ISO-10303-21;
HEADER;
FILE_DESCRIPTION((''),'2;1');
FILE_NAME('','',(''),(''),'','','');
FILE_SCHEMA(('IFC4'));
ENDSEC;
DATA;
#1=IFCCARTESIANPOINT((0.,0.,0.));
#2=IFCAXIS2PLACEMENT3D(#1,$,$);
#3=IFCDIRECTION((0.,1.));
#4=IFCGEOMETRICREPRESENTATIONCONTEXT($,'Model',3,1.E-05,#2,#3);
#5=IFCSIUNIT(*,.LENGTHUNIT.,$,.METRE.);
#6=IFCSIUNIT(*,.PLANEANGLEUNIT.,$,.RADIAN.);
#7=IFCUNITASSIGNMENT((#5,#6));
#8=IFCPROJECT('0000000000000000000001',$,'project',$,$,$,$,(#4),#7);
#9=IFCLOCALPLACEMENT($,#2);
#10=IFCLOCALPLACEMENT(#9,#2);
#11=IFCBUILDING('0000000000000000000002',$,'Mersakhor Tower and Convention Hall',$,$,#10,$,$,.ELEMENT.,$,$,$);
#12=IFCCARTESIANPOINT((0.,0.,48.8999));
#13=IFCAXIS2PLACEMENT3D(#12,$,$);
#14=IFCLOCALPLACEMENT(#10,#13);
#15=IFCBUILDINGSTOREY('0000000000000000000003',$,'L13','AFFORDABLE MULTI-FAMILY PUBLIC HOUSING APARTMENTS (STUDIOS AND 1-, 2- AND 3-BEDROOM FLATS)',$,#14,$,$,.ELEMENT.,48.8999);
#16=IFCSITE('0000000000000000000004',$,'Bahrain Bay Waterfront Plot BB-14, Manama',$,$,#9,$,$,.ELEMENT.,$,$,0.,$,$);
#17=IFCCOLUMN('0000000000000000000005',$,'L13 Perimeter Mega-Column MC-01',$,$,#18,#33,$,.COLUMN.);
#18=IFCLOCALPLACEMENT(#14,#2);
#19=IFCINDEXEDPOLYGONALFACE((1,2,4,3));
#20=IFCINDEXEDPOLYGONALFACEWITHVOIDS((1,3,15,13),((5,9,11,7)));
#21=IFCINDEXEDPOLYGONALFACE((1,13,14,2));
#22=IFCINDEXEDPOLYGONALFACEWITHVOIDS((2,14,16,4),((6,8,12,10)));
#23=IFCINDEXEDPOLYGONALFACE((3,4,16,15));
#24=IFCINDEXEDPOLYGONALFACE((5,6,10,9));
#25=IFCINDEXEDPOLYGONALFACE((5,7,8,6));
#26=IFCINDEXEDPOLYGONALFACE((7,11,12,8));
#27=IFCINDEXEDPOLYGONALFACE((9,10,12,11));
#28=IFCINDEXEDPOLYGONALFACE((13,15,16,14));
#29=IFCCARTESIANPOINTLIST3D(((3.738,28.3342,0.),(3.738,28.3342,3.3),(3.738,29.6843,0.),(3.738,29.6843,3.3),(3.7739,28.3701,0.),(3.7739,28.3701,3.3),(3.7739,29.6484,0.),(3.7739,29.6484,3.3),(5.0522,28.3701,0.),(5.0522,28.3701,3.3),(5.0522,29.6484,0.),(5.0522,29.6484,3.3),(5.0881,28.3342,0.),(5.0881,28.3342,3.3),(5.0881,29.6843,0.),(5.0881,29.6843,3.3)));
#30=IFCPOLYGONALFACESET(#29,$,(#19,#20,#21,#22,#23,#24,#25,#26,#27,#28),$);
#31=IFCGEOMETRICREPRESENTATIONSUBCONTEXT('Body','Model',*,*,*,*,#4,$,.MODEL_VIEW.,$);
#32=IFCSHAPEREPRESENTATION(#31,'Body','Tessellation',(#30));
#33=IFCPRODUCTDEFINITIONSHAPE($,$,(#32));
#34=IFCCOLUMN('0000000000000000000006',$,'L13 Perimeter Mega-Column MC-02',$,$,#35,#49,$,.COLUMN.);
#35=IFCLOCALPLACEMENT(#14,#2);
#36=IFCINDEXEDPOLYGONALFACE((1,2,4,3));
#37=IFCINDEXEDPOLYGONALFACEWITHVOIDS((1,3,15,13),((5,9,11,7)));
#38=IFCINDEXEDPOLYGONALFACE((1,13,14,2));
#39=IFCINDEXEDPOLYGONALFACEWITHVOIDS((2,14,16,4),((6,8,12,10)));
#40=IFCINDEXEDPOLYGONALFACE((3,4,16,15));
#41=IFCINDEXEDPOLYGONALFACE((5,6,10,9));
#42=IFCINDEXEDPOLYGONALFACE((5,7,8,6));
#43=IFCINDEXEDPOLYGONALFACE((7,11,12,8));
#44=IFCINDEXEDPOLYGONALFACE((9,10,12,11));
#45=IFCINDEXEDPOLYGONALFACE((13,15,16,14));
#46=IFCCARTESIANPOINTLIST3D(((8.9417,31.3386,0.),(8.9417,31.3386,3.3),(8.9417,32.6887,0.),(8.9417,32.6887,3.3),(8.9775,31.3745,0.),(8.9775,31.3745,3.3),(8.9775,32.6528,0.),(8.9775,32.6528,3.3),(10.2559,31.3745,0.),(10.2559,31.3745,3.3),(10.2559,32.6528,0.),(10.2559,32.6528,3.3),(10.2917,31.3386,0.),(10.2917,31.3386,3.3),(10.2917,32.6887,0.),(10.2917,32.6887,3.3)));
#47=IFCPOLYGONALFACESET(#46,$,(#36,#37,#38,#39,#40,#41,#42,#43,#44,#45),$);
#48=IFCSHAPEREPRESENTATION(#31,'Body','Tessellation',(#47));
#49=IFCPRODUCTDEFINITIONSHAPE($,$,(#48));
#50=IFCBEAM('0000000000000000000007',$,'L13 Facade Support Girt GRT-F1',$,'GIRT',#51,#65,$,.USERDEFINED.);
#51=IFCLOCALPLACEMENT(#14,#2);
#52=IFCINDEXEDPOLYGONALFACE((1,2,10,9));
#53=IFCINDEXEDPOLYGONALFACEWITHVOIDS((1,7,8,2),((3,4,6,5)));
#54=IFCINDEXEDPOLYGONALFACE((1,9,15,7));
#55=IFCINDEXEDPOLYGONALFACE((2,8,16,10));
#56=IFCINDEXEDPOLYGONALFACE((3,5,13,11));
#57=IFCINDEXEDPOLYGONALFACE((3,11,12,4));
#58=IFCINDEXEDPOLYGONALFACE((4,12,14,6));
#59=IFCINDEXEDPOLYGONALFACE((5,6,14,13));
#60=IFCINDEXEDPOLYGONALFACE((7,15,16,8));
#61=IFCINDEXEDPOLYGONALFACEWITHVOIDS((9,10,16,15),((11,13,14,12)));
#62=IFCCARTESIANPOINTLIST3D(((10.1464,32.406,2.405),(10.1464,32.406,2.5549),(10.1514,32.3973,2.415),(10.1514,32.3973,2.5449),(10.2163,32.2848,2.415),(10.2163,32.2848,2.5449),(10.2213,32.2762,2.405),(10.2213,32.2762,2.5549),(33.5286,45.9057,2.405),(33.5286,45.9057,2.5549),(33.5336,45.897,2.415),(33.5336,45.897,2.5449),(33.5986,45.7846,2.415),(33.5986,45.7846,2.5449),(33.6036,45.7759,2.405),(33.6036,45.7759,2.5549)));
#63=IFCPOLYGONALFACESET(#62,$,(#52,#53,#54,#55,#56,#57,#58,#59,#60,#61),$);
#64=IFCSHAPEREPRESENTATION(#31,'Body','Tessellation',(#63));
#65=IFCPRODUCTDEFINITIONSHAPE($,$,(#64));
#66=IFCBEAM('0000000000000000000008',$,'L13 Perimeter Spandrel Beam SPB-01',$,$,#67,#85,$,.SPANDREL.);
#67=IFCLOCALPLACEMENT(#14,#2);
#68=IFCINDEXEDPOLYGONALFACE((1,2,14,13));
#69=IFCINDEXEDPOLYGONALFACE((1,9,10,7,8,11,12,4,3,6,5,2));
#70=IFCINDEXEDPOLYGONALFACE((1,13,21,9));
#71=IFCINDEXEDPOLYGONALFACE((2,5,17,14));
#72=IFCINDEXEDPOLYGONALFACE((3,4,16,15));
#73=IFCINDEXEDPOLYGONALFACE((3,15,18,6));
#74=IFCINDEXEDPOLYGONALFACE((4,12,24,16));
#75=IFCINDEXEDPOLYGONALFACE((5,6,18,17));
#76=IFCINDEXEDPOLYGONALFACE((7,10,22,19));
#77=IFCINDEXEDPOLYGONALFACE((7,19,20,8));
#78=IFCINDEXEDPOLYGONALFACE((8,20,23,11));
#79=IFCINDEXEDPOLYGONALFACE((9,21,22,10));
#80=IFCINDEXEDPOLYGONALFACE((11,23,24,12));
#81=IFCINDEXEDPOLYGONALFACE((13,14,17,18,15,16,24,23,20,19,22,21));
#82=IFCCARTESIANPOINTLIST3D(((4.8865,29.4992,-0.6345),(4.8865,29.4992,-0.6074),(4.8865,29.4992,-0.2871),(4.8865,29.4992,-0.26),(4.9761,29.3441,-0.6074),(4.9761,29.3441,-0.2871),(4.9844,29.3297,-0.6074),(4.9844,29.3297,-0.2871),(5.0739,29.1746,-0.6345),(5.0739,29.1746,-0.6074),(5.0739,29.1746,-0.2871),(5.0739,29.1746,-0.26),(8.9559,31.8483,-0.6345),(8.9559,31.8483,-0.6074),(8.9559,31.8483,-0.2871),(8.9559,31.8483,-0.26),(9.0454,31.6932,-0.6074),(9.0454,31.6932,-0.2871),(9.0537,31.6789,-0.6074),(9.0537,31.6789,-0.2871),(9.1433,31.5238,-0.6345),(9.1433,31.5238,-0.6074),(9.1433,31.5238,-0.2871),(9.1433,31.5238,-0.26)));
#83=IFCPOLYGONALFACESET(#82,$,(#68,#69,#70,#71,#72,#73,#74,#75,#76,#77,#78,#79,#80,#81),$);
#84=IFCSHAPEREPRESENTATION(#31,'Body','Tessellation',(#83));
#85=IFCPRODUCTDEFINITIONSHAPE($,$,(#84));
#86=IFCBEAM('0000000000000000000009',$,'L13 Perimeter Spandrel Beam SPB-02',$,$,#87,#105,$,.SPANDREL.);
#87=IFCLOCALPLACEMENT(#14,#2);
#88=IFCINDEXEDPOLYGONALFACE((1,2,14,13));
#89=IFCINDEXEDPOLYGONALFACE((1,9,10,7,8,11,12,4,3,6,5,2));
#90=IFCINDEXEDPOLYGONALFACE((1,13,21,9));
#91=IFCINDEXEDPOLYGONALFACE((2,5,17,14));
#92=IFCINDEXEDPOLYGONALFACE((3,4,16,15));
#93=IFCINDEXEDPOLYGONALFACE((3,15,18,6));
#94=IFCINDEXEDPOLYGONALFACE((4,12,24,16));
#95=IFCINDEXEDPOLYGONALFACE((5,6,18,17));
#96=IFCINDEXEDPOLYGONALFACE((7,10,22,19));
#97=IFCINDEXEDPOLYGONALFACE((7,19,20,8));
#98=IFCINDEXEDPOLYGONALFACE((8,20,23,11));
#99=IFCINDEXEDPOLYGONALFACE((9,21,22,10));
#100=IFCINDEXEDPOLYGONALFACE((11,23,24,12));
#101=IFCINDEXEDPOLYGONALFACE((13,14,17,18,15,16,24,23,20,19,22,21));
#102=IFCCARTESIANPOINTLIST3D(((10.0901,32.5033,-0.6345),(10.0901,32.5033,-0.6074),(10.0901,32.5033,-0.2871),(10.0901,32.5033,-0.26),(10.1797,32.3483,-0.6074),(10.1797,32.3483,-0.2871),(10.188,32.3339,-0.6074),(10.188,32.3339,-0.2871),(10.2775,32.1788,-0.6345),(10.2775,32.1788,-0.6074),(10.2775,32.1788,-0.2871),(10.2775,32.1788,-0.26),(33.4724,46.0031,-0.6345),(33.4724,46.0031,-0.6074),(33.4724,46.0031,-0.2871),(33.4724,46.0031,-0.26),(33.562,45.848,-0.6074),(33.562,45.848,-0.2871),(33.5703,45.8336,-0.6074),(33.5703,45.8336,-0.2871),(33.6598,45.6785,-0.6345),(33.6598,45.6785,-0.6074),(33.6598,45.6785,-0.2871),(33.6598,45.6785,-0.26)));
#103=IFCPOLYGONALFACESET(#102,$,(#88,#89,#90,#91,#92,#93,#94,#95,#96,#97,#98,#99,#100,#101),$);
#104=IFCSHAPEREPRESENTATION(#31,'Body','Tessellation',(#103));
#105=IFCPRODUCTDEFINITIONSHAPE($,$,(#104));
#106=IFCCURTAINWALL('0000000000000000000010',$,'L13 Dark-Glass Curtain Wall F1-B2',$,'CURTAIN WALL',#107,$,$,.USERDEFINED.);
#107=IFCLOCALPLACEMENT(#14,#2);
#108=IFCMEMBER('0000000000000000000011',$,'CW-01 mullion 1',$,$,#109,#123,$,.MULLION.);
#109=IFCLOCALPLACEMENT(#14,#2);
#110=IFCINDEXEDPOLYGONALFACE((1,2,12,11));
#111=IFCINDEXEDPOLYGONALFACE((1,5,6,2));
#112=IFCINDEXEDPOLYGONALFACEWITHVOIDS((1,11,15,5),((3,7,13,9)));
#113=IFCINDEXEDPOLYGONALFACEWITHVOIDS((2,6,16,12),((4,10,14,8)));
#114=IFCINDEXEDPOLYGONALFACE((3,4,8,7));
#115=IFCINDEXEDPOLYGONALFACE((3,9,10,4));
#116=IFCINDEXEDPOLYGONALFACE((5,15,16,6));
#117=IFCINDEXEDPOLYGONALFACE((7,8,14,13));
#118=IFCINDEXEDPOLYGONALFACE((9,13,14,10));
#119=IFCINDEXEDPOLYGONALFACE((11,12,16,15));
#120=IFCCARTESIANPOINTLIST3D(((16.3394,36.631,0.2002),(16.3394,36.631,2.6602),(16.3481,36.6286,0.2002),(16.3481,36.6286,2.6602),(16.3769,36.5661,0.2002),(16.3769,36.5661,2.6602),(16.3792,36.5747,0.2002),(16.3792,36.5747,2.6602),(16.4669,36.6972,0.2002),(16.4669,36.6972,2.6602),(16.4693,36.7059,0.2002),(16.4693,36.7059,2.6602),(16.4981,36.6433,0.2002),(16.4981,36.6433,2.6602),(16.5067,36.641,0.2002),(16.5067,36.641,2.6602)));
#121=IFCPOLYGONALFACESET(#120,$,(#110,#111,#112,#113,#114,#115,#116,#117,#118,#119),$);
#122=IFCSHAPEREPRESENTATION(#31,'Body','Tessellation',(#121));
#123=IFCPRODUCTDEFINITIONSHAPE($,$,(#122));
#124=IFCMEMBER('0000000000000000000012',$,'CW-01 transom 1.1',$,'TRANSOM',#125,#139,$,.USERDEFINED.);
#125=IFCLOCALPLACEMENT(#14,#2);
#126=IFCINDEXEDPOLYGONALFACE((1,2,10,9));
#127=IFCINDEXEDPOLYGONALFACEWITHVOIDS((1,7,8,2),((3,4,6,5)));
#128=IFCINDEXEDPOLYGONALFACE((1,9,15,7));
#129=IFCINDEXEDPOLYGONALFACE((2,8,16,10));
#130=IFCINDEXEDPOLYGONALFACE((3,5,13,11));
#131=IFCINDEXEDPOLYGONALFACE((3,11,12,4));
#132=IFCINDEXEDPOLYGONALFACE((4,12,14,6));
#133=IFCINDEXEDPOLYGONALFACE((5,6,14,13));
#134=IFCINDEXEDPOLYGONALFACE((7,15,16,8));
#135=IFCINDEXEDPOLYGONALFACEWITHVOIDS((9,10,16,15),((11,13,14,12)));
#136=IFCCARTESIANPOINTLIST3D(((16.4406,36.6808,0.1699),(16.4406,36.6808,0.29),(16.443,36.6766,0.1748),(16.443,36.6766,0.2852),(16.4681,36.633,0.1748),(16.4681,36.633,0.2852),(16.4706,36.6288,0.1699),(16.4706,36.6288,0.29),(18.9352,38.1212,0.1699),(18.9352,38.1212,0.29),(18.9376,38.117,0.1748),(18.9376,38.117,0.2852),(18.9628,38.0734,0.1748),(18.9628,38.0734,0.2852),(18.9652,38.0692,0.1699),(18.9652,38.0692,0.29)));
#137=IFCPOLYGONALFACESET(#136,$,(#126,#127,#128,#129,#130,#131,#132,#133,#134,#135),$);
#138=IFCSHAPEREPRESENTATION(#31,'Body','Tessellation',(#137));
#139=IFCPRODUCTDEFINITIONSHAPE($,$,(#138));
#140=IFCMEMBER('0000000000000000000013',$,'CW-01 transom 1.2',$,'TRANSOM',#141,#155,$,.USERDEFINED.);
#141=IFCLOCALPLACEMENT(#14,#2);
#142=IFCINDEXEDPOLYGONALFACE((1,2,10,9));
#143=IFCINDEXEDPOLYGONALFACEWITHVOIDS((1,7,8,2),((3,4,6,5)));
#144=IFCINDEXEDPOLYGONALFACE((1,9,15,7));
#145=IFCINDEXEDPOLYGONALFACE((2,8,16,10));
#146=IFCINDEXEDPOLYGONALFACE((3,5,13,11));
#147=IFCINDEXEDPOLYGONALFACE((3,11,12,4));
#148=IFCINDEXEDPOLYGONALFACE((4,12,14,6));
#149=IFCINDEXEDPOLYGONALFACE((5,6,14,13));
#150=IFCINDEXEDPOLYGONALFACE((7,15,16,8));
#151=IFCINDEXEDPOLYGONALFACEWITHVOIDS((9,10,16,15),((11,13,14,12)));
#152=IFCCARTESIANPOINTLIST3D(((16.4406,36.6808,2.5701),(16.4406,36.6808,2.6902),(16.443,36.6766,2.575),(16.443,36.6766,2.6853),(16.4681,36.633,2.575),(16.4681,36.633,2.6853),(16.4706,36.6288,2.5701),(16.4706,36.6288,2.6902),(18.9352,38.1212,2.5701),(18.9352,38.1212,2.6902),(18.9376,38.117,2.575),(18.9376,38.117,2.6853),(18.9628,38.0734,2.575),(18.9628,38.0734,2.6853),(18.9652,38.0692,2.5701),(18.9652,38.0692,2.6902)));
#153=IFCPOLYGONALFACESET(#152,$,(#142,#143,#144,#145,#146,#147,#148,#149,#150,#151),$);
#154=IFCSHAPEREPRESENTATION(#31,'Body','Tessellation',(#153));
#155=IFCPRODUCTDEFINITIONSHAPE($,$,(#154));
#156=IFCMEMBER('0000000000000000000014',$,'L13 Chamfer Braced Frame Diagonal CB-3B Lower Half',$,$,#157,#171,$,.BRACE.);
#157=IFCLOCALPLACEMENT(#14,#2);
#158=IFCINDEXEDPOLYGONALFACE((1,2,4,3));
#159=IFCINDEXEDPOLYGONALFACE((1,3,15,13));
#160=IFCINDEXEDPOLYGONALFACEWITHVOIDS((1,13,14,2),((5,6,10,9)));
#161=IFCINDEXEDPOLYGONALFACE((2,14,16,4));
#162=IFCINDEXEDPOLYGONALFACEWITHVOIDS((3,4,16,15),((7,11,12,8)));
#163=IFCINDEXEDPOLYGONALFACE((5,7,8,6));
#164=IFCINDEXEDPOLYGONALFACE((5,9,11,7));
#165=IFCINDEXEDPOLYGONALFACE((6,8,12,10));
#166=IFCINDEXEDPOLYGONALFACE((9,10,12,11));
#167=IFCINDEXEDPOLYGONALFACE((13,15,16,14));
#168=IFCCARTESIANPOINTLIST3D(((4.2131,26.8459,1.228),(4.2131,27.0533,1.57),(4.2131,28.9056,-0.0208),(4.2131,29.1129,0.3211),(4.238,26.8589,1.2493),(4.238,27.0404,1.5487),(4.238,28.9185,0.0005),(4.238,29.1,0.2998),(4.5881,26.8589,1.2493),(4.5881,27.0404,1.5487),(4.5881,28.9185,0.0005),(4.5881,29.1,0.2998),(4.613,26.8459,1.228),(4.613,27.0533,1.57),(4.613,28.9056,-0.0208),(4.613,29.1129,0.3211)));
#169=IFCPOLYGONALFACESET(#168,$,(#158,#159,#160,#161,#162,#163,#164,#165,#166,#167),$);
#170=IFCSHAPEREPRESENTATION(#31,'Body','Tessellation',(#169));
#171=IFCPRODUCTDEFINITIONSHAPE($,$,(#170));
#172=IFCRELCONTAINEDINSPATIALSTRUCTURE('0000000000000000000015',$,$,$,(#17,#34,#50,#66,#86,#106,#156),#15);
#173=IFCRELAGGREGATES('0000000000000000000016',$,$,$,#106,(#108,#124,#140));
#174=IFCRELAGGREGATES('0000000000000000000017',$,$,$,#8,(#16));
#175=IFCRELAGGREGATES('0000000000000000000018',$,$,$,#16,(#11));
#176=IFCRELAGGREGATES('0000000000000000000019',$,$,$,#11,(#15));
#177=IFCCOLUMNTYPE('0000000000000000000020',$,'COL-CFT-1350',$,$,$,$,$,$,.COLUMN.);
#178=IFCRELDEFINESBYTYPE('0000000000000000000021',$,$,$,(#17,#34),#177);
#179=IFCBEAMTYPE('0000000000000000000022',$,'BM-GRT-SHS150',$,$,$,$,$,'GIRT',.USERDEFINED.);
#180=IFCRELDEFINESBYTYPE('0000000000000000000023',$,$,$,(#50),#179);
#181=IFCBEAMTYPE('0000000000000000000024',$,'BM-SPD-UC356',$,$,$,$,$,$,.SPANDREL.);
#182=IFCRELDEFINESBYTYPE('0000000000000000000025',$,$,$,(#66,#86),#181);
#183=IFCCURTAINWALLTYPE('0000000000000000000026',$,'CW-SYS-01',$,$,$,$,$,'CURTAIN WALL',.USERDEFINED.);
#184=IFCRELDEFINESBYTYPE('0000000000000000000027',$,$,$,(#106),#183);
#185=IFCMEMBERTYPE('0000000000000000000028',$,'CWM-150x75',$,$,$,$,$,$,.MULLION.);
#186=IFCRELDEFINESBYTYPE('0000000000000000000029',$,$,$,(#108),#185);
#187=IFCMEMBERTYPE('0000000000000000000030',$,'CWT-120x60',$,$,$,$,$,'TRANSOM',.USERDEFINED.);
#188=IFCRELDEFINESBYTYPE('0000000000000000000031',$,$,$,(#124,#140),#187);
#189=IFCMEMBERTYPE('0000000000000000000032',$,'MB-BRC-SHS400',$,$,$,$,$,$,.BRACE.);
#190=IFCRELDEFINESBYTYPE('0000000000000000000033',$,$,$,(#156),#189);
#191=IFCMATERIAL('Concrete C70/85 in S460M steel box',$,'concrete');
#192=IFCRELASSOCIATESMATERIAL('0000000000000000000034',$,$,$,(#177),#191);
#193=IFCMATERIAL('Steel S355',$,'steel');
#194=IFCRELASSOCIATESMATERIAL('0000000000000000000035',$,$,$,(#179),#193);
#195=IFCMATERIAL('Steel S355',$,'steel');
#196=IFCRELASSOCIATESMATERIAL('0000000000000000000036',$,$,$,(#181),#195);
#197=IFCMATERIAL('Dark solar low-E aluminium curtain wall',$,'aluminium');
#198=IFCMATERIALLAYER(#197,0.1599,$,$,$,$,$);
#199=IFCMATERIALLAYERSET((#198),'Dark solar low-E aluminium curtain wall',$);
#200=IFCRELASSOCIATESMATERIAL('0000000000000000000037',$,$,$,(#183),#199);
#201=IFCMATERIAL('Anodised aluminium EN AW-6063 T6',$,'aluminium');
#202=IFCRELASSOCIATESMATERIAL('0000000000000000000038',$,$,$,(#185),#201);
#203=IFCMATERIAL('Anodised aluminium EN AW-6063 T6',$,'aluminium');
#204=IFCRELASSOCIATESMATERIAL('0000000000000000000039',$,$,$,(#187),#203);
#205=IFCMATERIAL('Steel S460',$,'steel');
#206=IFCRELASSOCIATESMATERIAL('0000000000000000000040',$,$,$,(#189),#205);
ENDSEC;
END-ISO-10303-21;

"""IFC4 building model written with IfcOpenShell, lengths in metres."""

from ifc_helpers import new_model, si_unit, direction, frame, origin, origin_2d, place, context, subcontext, project, spatial, hollow_rectangle, i_section, extrude, material, layer, layer_set, material_profile, profile_set, type_object, element, aggregate, save


model = new_model("IFC4")

# Units and contexts
model_context = context("Model", 3, precision=1e-05, world=origin(), true_north=direction((0.0, 1.0)))
body_context = subcontext(model_context, "Body", "Model", "MODEL_VIEW")
ifc_project = project(units=[si_unit("LENGTHUNIT", "METRE"), si_unit("PLANEANGLEUNIT", "RADIAN")], contexts=[model_context])

# Site, building, storey
site_placement = place(None, origin())
site = spatial("IfcSite", under=ifc_project, at=site_placement, Name="Bahrain Bay Waterfront Plot BB-14, Manama", CompositionType="ELEMENT", RefElevation=0.0)
building_placement = place(site_placement, origin())
building = spatial("IfcBuilding", under=site, at=building_placement, Name="Mersakhor Tower and Convention Hall", CompositionType="ELEMENT")
storey_placement = place(building_placement, frame((0.0, 0.0, 48.8999)))
storey = spatial("IfcBuildingStorey", under=building, at=storey_placement, Name="L13", Description="AFFORDABLE MULTI-FAMILY PUBLIC HOUSING APARTMENTS (STUDIOS AND 1-, 2- AND 3-BEDROOM FLATS)", CompositionType="ELEMENT", Elevation=48.8999)

# Columns
ifc_material_1 = material(Name="Concrete C70/85 in S460M steel box", Category="concrete")
ifc_material_profile_1 = material_profile(ifc_material_1, hollow_rectangle(XDim=1.3501, YDim=1.3501, WallThickness=0.0359, at=origin_2d()), Name="SHS 1350x1350x36")
ifc_profile_set_1 = profile_set([ifc_material_profile_1], Name="Concrete C70/85 in S460M steel box")
column_type = type_object("IfcColumnType", Name="COL-CFT-1350", PredefinedType="COLUMN", material=ifc_profile_set_1)
for number, where, z_axis, x_axis, name in (
    (1, (4.4131, 29.0093, 0.0), (0.0, 0.0, 1.0), (1.0, 0.0, 0.0), "L13 Perimeter Mega-Column MC-01"),
    (2, (9.6167, 32.0137, 0.0), (0.0, 0.0, 1.0), (1.0, 0.0, 0.0), "L13 Perimeter Mega-Column MC-02"),
):
    element("IfcColumn", number, at=place(storey_placement, frame(where, z_axis=z_axis, x_axis=x_axis)), inside=storey, type_object=column_type, Name=name, PredefinedType="COLUMN", context=body_context, shape_type="SweptSolid", body=[
        extrude(hollow_rectangle(XDim=1.3501, YDim=1.3501, WallThickness=0.0359, at=origin_2d()), origin(), (0.0, 0.0, 1.0), 3.3),
    ])

# Beams
ifc_material_2 = material(Name="Steel S355", Category="steel")
ifc_material_profile_2 = material_profile(ifc_material_2, hollow_rectangle(XDim=0.1499, YDim=0.1499, WallThickness=0.01, at=origin_2d()), Name="SHS 150x150x10")
ifc_profile_set_2 = profile_set([ifc_material_profile_2], Name="Steel S355")
beam_type_1 = type_object("IfcBeamType", Name="BM-GRT-SHS150", ElementType="GIRT", PredefinedType="USERDEFINED", material=ifc_profile_set_2)
beam_1_placement = place(storey_placement, frame((10.1838, 32.3411, 2.48), z_axis=(0.866026, 0.499999, 0.0), x_axis=(-0.499999, 0.866026, 0.0)))
element("IfcBeam", 3, at=beam_1_placement, inside=storey, type_object=beam_type_1, Name="L13 Facade Support Girt GRT-F1", ObjectType="GIRT", PredefinedType="USERDEFINED", context=body_context, shape_type="SweptSolid", body=[
    extrude(hollow_rectangle(XDim=0.1499, YDim=0.1499, WallThickness=0.01, at=origin_2d()), origin(), (0.0, 0.0, 1.0), 26.9995),
])
ifc_material_3 = material(Name="Steel S355", Category="steel")
ifc_material_profile_3 = material_profile(ifc_material_3, i_section(OverallWidth=0.3748, OverallDepth=0.3745, WebThickness=0.0166, FlangeThickness=0.0271, at=origin_2d()), Name="UC 356x368x202")
ifc_profile_set_3 = profile_set([ifc_material_profile_3], Name="Steel S355")
beam_type_2 = type_object("IfcBeamType", Name="BM-SPD-UC356", PredefinedType="SPANDREL", material=ifc_profile_set_3)
beam_2_placement = place(storey_placement, frame((4.9802, 29.3369, -0.4473), z_axis=(0.866054, 0.49995, 0.0), x_axis=(-0.49995, 0.866054, 0.0)))
element("IfcBeam", 4, at=beam_2_placement, inside=storey, type_object=beam_type_2, Name="L13 Perimeter Spandrel Beam SPB-01", PredefinedType="SPANDREL", context=body_context, shape_type="SweptSolid", body=[
    extrude(i_section(OverallWidth=0.3748, OverallDepth=0.3745, WebThickness=0.0166, FlangeThickness=0.0271, at=origin_2d()), origin(), (0.0, 0.0, 1.0), 4.6987),
])
beam_3_placement = place(storey_placement, frame((10.1838, 32.3411, -0.4473), z_axis=(0.866026, 0.499999, 0.0), x_axis=(-0.499999, 0.866026, 0.0)))
element("IfcBeam", 5, at=beam_3_placement, inside=storey, type_object=beam_type_2, Name="L13 Perimeter Spandrel Beam SPB-02", PredefinedType="SPANDREL", context=body_context, shape_type="SweptSolid", body=[
    extrude(i_section(OverallWidth=0.3748, OverallDepth=0.3745, WebThickness=0.0166, FlangeThickness=0.0271, at=origin_2d()), origin(), (0.0, 0.0, 1.0), 26.9995),
])

# Curtain wall, members
ifc_material_4 = material(Name="Dark solar low-E aluminium curtain wall", Category="aluminium")
ifc_layer_1 = layer(ifc_material_4, 0.1599)
ifc_layer_set_1 = layer_set([ifc_layer_1], Name="Dark solar low-E aluminium curtain wall")
curtain_wall_type = type_object("IfcCurtainWallType", Name="CW-SYS-01", ElementType="CURTAIN WALL", PredefinedType="USERDEFINED", material=ifc_layer_set_1)
curtain_wall_placement = place(storey_placement, origin())
curtain_wall = element("IfcCurtainWall", 6, at=curtain_wall_placement, inside=storey, type_object=curtain_wall_type, Name="L13 Dark-Glass Curtain Wall F1-B2", ObjectType="CURTAIN WALL", PredefinedType="USERDEFINED")
ifc_material_5 = material(Name="Anodised aluminium EN AW-6063 T6", Category="aluminium")
ifc_material_profile_4 = material_profile(ifc_material_5, hollow_rectangle(XDim=0.075, YDim=0.1499, WallThickness=0.0063, at=origin_2d()), Name="RHS 150x75x6.3")
ifc_profile_set_4 = profile_set([ifc_material_profile_4], Name="Anodised aluminium EN AW-6063 T6")
member_type_1 = type_object("IfcMemberType", Name="CWM-150x75", PredefinedType="MULLION", material=ifc_profile_set_4)
member_1_placement = place(storey_placement, frame((16.4231, 36.636, 0.2002), z_axis=(0.0, 0.0, 1.0), x_axis=(-0.500003, 0.866023, 0.0)))
member_1 = element("IfcMember", 7, at=member_1_placement, type_object=member_type_1, Name="CW-01 mullion 1", PredefinedType="MULLION", context=body_context, shape_type="SweptSolid", body=[
    extrude(hollow_rectangle(XDim=0.075, YDim=0.1499, WallThickness=0.0063, at=origin_2d()), origin(), (0.0, 0.0, 1.0), 2.46),
])
ifc_material_6 = material(Name="Anodised aluminium EN AW-6063 T6", Category="aluminium")
ifc_material_profile_5 = material_profile(ifc_material_6, hollow_rectangle(XDim=0.0601, YDim=0.1201, WallThickness=0.0049, at=origin_2d()), Name="RHS 120x60x5")
ifc_profile_set_5 = profile_set([ifc_material_profile_5], Name="Anodised aluminium EN AW-6063 T6")
member_type_2 = type_object("IfcMemberType", Name="CWT-120x60", ElementType="TRANSOM", PredefinedType="USERDEFINED", material=ifc_profile_set_5)
member_2_placement = place(storey_placement, frame((16.4556, 36.6548, 0.23), z_axis=(0.866002, 0.50004, 0.0), x_axis=(-0.50004, 0.866002, 0.0)))
member_2 = element("IfcMember", 8, at=member_2_placement, type_object=member_type_2, Name="CW-01 transom 1.1", ObjectType="TRANSOM", PredefinedType="USERDEFINED", context=body_context, shape_type="SweptSolid", body=[
    extrude(hollow_rectangle(XDim=0.0601, YDim=0.1201, WallThickness=0.0049, at=origin_2d()), origin(), (0.0, 0.0, 1.0), 2.8806),
])
member_3_placement = place(storey_placement, frame((16.4556, 36.6548, 2.6301), z_axis=(0.866002, 0.50004, 0.0), x_axis=(-0.50004, 0.866002, 0.0)))
member_3 = element("IfcMember", 9, at=member_3_placement, type_object=member_type_2, Name="CW-01 transom 1.2", ObjectType="TRANSOM", PredefinedType="USERDEFINED", context=body_context, shape_type="SweptSolid", body=[
    extrude(hollow_rectangle(XDim=0.0601, YDim=0.1201, WallThickness=0.0049, at=origin_2d()), origin(), (0.0, 0.0, 1.0), 2.8806),
])
aggregate(curtain_wall, [member_1, member_2, member_3])

# Member
ifc_material_7 = material(Name="Steel S460", Category="steel")
ifc_material_profile_6 = material_profile(ifc_material_7, hollow_rectangle(XDim=0.3999, YDim=0.3999, WallThickness=0.0249, at=origin_2d()), Name="SHS 400x400x25")
ifc_profile_set_6 = profile_set([ifc_material_profile_6], Name="Steel S460")
member_type_3 = type_object("IfcMemberType", Name="MB-BRC-SHS400", PredefinedType="BRACE", material=ifc_profile_set_6)
member_4_placement = place(storey_placement, frame((4.4131, 29.0093, 0.1501), z_axis=(0.0, -0.855096, 0.51847), x_axis=(1.0, 0.0, 0.0)))
element("IfcMember", 10, at=member_4_placement, inside=storey, type_object=member_type_3, Name="L13 Chamfer Braced Frame Diagonal CB-3B Lower Half", PredefinedType="BRACE", context=body_context, shape_type="SweptSolid", body=[
    extrude(hollow_rectangle(XDim=0.3999, YDim=0.3999, WallThickness=0.0249, at=origin_2d()), origin(), (0.0, 0.0, 1.0), 2.4087),
])

save(model, "model.ifc")
